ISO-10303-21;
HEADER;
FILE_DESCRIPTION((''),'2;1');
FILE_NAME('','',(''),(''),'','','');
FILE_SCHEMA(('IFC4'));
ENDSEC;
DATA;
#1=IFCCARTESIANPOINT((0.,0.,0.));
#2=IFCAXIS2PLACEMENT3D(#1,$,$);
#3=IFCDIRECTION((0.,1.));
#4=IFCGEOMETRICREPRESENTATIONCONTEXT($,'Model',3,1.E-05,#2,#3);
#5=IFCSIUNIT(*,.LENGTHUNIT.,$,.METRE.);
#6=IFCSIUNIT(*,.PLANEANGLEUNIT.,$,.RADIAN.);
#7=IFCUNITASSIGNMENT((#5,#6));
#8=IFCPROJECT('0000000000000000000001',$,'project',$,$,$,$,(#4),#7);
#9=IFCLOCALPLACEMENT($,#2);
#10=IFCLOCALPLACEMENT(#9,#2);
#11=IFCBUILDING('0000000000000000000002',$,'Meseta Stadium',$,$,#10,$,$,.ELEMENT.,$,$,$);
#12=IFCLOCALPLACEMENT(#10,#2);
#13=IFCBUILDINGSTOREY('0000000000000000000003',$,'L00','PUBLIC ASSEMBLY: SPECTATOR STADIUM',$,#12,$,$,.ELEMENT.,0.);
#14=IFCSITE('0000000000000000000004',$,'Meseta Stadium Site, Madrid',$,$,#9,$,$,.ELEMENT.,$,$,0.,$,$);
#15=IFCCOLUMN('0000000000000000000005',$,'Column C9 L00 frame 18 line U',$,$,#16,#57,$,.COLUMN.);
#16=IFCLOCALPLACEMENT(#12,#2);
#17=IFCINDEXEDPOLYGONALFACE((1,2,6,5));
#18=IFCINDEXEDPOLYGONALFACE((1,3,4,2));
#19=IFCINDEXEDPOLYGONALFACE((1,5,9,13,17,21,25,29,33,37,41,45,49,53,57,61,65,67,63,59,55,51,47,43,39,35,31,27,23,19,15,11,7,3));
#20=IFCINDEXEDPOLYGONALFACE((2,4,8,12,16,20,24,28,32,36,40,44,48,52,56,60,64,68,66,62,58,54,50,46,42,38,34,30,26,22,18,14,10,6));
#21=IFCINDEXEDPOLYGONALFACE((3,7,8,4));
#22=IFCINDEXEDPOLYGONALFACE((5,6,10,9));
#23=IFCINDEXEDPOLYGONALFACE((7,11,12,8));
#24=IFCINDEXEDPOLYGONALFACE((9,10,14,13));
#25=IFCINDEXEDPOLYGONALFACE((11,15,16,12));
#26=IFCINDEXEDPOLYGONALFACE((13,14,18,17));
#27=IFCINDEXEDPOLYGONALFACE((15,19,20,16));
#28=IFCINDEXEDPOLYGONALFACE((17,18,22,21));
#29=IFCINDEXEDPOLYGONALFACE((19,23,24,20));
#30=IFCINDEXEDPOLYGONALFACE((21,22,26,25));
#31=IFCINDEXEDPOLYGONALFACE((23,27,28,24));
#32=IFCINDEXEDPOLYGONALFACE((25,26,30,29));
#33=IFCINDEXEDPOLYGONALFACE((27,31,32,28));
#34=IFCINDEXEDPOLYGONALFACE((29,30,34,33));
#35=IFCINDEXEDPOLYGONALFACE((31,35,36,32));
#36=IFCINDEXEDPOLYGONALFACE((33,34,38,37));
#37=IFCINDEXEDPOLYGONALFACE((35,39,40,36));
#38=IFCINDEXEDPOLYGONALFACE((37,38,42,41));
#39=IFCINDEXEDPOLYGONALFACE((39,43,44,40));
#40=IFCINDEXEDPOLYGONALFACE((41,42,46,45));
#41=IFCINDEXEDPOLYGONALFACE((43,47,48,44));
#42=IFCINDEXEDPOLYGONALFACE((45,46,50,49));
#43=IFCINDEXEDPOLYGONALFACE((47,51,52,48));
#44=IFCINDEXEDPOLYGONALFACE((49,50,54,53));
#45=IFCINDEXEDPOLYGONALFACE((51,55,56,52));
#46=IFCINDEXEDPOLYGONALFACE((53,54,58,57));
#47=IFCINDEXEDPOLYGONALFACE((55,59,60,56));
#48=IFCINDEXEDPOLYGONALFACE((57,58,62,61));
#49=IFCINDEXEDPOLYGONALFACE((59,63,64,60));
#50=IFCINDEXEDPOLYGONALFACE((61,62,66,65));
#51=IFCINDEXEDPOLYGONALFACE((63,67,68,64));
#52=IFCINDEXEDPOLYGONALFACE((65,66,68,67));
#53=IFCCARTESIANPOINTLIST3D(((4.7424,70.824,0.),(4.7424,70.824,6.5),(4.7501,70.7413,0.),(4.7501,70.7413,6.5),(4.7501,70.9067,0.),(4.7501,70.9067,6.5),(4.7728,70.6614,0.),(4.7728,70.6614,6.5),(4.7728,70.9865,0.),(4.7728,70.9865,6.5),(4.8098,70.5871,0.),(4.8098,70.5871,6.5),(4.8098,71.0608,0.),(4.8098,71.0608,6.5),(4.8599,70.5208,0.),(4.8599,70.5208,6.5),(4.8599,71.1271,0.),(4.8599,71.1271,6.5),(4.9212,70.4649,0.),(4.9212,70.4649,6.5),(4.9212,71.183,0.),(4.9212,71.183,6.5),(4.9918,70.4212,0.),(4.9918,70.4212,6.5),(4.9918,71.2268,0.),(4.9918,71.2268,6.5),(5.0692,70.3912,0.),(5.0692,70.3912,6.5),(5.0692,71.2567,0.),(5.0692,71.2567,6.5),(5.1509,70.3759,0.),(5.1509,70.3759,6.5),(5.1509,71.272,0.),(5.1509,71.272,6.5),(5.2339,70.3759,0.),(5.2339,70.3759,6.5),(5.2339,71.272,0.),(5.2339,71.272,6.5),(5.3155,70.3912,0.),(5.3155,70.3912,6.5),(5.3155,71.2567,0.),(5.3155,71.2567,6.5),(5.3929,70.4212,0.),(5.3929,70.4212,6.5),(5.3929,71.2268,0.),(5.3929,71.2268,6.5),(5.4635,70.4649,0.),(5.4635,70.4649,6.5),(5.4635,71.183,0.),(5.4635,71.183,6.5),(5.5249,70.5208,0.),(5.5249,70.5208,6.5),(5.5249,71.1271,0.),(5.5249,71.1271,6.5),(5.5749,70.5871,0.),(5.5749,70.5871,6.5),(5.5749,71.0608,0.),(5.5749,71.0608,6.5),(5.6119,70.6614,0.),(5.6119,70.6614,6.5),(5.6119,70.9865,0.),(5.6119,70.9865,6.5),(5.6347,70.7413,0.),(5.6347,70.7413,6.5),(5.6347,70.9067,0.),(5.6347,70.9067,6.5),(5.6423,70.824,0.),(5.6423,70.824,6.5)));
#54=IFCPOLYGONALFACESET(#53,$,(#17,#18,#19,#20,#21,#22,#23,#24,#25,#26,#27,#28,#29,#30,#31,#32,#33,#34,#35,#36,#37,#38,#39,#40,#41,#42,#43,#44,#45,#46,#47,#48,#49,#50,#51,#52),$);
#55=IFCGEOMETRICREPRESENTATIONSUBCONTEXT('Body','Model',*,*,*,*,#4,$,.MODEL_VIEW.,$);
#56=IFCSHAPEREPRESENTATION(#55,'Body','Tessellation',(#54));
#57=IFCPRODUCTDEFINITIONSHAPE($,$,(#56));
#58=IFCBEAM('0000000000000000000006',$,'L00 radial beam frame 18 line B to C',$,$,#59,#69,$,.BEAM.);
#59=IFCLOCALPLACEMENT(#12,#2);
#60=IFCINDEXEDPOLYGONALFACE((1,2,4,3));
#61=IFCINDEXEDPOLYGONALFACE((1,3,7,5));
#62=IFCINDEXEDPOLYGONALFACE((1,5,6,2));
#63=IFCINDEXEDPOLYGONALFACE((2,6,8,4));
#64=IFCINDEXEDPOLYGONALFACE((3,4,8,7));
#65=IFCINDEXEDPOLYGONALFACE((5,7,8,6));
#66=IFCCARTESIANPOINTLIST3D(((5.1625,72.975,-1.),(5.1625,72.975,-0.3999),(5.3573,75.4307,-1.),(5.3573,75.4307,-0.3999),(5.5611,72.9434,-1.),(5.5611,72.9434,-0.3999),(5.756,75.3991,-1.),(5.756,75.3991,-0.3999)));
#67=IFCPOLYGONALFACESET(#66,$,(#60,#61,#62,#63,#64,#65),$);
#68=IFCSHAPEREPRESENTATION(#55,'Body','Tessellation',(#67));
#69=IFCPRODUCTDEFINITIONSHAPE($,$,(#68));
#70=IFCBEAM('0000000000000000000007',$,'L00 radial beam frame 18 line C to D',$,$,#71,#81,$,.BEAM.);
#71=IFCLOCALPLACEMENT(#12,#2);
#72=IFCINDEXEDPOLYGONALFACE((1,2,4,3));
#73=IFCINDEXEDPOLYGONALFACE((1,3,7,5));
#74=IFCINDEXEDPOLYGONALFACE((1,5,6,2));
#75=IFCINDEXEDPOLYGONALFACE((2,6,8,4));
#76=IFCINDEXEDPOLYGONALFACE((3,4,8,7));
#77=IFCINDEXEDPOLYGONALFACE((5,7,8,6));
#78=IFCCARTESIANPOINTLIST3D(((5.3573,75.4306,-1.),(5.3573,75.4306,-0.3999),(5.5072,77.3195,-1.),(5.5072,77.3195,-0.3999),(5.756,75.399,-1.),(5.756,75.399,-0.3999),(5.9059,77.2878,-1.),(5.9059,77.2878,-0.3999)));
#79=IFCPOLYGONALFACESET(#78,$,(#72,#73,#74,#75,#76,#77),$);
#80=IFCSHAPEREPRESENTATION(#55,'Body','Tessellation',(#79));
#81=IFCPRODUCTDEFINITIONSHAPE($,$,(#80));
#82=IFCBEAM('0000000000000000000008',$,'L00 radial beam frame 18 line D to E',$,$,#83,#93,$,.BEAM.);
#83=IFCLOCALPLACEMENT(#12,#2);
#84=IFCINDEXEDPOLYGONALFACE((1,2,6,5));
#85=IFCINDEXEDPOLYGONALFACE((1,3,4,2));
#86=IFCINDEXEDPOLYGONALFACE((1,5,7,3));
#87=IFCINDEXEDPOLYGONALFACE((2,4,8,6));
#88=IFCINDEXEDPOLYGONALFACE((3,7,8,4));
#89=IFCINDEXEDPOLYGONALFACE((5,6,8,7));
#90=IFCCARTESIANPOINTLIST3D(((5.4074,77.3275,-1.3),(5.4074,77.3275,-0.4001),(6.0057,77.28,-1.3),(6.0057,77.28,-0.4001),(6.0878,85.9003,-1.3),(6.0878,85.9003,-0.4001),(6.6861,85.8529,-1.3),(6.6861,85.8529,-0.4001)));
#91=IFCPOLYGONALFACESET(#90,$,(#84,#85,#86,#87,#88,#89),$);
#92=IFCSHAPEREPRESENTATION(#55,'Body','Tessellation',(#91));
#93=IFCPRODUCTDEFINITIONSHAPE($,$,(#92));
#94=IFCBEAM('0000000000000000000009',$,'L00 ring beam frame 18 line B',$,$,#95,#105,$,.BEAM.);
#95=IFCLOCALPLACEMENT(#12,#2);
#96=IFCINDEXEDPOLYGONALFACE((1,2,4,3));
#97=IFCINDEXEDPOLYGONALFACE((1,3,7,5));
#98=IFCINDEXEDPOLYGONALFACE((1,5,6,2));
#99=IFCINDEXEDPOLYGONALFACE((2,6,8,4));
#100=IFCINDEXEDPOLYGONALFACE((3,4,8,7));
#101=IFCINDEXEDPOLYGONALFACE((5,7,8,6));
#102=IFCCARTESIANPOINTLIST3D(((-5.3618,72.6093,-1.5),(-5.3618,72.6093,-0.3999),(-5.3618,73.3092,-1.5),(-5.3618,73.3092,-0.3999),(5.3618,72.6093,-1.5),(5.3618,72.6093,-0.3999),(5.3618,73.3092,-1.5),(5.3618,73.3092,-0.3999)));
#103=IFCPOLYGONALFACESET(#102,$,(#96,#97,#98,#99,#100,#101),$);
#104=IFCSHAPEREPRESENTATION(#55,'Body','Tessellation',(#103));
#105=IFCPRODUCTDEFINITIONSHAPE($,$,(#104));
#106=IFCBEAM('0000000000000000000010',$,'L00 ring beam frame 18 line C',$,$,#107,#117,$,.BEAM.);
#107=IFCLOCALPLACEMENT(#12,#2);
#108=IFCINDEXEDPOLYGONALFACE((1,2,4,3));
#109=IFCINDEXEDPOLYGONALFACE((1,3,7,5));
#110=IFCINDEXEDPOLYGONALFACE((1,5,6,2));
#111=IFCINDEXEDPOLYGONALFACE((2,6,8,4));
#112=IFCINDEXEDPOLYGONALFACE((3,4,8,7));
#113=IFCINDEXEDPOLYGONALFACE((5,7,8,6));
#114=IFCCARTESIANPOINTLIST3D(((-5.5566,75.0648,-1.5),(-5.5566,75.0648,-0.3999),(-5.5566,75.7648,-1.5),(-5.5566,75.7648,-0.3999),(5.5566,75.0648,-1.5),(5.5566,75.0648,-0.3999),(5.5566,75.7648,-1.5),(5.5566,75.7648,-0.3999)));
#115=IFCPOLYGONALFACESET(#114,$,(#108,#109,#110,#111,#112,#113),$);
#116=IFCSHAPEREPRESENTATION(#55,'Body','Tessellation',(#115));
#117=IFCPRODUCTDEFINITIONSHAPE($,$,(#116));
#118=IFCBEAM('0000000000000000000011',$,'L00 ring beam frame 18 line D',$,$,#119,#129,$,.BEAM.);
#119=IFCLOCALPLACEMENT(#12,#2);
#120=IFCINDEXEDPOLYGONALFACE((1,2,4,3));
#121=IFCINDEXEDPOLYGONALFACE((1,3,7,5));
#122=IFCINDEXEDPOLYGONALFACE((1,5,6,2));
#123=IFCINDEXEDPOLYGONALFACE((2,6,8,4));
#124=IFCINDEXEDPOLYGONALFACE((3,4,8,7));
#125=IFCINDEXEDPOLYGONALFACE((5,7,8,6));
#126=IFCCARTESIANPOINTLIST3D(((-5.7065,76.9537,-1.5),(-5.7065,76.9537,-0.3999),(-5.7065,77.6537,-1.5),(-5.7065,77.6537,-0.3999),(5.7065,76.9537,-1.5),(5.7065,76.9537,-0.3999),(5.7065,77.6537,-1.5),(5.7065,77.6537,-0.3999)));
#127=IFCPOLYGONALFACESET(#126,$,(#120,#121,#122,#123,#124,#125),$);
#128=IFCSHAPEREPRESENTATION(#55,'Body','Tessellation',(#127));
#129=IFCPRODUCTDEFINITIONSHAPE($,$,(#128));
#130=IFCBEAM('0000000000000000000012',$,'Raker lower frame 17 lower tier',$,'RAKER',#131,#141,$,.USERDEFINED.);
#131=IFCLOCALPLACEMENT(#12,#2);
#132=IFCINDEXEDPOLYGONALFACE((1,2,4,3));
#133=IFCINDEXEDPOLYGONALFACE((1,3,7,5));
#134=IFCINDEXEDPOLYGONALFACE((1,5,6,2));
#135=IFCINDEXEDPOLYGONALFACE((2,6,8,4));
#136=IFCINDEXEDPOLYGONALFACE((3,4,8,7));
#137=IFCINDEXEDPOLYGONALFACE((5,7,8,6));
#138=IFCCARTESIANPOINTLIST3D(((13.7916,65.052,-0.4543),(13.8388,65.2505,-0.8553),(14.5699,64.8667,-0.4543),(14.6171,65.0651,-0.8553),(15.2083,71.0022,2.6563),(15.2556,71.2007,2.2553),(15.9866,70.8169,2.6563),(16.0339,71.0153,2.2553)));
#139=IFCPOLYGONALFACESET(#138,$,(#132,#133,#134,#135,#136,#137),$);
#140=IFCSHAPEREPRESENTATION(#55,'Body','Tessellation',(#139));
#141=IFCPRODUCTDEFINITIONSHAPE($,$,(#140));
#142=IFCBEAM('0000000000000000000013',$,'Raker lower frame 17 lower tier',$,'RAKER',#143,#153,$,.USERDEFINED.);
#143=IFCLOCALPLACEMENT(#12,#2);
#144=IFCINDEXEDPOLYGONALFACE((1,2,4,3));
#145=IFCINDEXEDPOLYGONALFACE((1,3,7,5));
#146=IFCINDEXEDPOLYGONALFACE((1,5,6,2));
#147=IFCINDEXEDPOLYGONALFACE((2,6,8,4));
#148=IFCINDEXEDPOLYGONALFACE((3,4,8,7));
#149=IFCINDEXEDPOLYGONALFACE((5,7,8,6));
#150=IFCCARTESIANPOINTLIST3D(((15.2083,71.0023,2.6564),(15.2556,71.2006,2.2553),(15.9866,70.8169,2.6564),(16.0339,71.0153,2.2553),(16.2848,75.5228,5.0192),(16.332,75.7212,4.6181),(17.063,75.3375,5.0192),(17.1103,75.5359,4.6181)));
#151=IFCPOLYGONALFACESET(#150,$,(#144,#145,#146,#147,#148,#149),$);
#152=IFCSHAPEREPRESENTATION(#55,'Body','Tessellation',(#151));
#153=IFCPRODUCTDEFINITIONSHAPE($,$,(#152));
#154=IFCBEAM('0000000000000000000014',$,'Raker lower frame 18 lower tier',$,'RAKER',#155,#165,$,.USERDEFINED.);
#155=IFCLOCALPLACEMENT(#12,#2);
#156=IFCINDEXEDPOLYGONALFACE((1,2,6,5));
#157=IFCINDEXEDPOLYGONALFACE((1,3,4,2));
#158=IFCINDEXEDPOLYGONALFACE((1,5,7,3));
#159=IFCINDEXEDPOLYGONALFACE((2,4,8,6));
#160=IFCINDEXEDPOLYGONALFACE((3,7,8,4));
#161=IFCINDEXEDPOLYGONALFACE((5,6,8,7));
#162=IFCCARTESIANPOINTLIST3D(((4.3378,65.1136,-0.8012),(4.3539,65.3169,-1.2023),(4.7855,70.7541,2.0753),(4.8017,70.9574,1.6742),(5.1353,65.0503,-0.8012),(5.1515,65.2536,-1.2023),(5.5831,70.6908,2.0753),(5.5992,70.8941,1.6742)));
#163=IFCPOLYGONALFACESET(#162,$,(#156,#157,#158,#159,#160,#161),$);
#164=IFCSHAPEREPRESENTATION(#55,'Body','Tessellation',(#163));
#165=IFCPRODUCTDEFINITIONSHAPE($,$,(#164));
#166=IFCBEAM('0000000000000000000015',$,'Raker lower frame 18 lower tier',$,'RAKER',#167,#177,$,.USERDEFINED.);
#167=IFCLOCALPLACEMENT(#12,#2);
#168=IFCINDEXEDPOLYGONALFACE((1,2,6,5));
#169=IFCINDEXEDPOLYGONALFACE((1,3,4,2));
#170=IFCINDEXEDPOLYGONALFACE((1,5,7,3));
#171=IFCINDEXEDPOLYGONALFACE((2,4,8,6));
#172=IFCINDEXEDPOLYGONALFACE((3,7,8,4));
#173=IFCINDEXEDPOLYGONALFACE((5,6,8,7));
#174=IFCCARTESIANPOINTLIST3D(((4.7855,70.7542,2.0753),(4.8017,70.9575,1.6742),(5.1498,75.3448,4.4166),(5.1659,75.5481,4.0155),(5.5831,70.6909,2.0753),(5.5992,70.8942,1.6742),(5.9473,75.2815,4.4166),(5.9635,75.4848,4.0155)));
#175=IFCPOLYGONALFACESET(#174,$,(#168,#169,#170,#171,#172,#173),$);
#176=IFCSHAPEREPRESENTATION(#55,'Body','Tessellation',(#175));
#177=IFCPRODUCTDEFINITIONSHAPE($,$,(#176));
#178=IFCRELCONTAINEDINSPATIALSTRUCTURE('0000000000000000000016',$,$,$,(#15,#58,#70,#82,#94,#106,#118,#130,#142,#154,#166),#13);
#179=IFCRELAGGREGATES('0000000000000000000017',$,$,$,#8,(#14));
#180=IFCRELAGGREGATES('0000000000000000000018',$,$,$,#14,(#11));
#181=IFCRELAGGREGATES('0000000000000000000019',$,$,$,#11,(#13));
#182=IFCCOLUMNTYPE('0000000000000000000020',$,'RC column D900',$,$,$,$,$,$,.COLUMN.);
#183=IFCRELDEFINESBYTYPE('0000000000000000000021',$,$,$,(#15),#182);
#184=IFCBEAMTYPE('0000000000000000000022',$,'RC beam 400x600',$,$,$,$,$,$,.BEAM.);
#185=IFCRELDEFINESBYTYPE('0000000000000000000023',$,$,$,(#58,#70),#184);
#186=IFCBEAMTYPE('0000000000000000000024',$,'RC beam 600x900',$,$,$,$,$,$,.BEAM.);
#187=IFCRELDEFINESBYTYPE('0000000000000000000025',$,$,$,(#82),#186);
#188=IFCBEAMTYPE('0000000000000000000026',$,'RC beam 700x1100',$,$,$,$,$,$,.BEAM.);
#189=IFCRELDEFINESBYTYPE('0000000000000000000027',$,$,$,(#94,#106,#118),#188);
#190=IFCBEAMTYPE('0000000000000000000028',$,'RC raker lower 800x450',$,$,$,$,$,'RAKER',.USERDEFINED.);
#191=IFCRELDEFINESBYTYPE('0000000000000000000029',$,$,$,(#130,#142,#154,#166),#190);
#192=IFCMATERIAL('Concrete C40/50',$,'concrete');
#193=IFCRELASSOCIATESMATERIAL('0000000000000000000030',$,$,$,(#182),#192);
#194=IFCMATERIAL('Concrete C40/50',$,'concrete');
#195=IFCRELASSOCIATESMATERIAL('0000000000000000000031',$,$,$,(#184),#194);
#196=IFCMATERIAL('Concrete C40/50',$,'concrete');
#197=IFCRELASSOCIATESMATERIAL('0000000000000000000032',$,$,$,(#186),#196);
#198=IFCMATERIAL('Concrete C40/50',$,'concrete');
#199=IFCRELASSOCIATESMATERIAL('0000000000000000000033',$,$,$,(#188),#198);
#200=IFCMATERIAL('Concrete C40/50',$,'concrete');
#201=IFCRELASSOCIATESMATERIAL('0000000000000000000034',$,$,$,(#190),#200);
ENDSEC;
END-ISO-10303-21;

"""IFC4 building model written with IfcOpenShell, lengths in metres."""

from ifc_helpers import new_model, si_unit, direction, frame, origin, origin_2d, place, context, subcontext, project, spatial, rectangle, circle, extrude, material, material_profile, profile_set, type_object, element, save


model = new_model("IFC4")

# Units and contexts
model_context = context("Model", 3, precision=1e-05, world=origin(), true_north=direction((0.0, 1.0)))
body_context = subcontext(model_context, "Body", "Model", "MODEL_VIEW")
ifc_project = project(units=[si_unit("LENGTHUNIT", "METRE"), si_unit("PLANEANGLEUNIT", "RADIAN")], contexts=[model_context])

# Site, building, storey
site_placement = place(None, origin())
site = spatial("IfcSite", under=ifc_project, at=site_placement, Name="Meseta Stadium Site, Madrid", CompositionType="ELEMENT", RefElevation=0.0)
building_placement = place(site_placement, origin())
building = spatial("IfcBuilding", under=site, at=building_placement, Name="Meseta Stadium", CompositionType="ELEMENT")
storey_placement = place(building_placement, origin())
storey = spatial("IfcBuildingStorey", under=building, at=storey_placement, Name="L00", Description="PUBLIC ASSEMBLY: SPECTATOR STADIUM", CompositionType="ELEMENT", Elevation=0.0)

# Column
ifc_material_1 = material(Name="Concrete C40/50", Category="concrete")
ifc_material_profile_1 = material_profile(ifc_material_1, circle(Radius=0.45, at=origin_2d()), Name="RC D900")
ifc_profile_set_1 = profile_set([ifc_material_profile_1], Name="Concrete C40/50")
column_type_1 = type_object("IfcColumnType", Name="RC column D900", PredefinedType="COLUMN", material=ifc_profile_set_1)
for number, where, z_axis, x_axis, name in (
    (1, (5.1924, 70.824, 0.0), (0.0, 0.0, 1.0), (1.0, 0.0, 0.0), "Column C9 L00 frame 18 line U"),
):
    element("IfcColumn", number, at=place(storey_placement, frame(where, z_axis=z_axis, x_axis=x_axis)), inside=storey, type_object=column_type_1, Name=name, PredefinedType="COLUMN", context=body_context, shape_type="SweptSolid", body=[
        extrude(circle(Radius=0.45, at=origin_2d()), origin(), (0.0, 0.0, 1.0), 6.5),
    ])

# Beams
ifc_material_2 = material(Name="Concrete C40/50", Category="concrete")
ifc_material_profile_2 = material_profile(ifc_material_2, rectangle(XDim=0.3999, YDim=0.6001, at=origin_2d()), Name="RC 400x600")
ifc_profile_set_2 = profile_set([ifc_material_profile_2], Name="Concrete C40/50")
beam_type_1 = type_object("IfcBeamType", Name="RC beam 400x600", PredefinedType="BEAM", material=ifc_profile_set_2)
beam_1_placement = place(storey_placement, frame((5.3618, 72.9592, -0.7), z_axis=(0.079091, 0.996867, 0.0), x_axis=(-0.996867, 0.079091, 0.0)))
element("IfcBeam", 2, at=beam_1_placement, inside=storey, type_object=beam_type_1, Name="L00 radial beam frame 18 line B to C", PredefinedType="BEAM", context=body_context, shape_type="SweptSolid", body=[
    extrude(rectangle(XDim=0.3999, YDim=0.6001, at=origin_2d()), origin(), (0.0, 0.0, 1.0), 2.4634),
])
beam_2_placement = place(storey_placement, frame((5.5566, 75.4148, -0.7), z_axis=(0.07911, 0.996866, 0.0), x_axis=(-0.996866, 0.07911, 0.0)))
element("IfcBeam", 3, at=beam_2_placement, inside=storey, type_object=beam_type_1, Name="L00 radial beam frame 18 line C to D", PredefinedType="BEAM", context=body_context, shape_type="SweptSolid", body=[
    extrude(rectangle(XDim=0.3999, YDim=0.6001, at=origin_2d()), origin(), (0.0, 0.0, 1.0), 1.8948),
])
ifc_material_3 = material(Name="Concrete C40/50", Category="concrete")
ifc_material_profile_3 = material_profile(ifc_material_3, rectangle(XDim=0.6001, YDim=0.8999, at=origin_2d()), Name="RC 600x900")
ifc_profile_set_3 = profile_set([ifc_material_profile_3], Name="Concrete C40/50")
beam_type_2 = type_object("IfcBeamType", Name="RC beam 600x900", PredefinedType="BEAM", material=ifc_profile_set_3)
beam_3_placement = place(storey_placement, frame((5.7065, 77.3037, -0.8501), z_axis=(0.079119, 0.996865, 0.0), x_axis=(-0.996865, 0.079119, 0.0)))
element("IfcBeam", 4, at=beam_3_placement, inside=storey, type_object=beam_type_2, Name="L00 radial beam frame 18 line D to E", PredefinedType="BEAM", context=body_context, shape_type="SweptSolid", body=[
    extrude(rectangle(XDim=0.6001, YDim=0.8999, at=origin_2d()), origin(), (0.0, 0.0, 1.0), 8.5999),
])
ifc_material_4 = material(Name="Concrete C40/50", Category="concrete")
ifc_material_profile_4 = material_profile(ifc_material_4, rectangle(XDim=0.7, YDim=1.1001, at=origin_2d()), Name="RC 700x1100")
ifc_profile_set_4 = profile_set([ifc_material_profile_4], Name="Concrete C40/50")
beam_type_3 = type_object("IfcBeamType", Name="RC beam 700x1100", PredefinedType="BEAM", material=ifc_profile_set_4)
beam_4_placement = place(storey_placement, frame((5.3618, 72.9592, -0.95), z_axis=(-1.0, 0.0, 0.0), x_axis=(0.0, -1.0, 0.0)))
element("IfcBeam", 5, at=beam_4_placement, inside=storey, type_object=beam_type_3, Name="L00 ring beam frame 18 line B", PredefinedType="BEAM", context=body_context, shape_type="SweptSolid", body=[
    extrude(rectangle(XDim=0.7, YDim=1.1001, at=origin_2d()), origin(), (0.0, 0.0, 1.0), 10.7236),
])
beam_5_placement = place(storey_placement, frame((5.5566, 75.4148, -0.95), z_axis=(-1.0, 0.0, 0.0), x_axis=(0.0, -1.0, 0.0)))
element("IfcBeam", 6, at=beam_5_placement, inside=storey, type_object=beam_type_3, Name="L00 ring beam frame 18 line C", PredefinedType="BEAM", context=body_context, shape_type="SweptSolid", body=[
    extrude(rectangle(XDim=0.7, YDim=1.1001, at=origin_2d()), origin(), (0.0, 0.0, 1.0), 11.1133),
])
beam_6_placement = place(storey_placement, frame((5.7065, 77.3037, -0.95), z_axis=(-1.0, 0.0, 0.0), x_axis=(0.0, -1.0, 0.0)))
element("IfcBeam", 7, at=beam_6_placement, inside=storey, type_object=beam_type_3, Name="L00 ring beam frame 18 line D", PredefinedType="BEAM", context=body_context, shape_type="SweptSolid", body=[
    extrude(rectangle(XDim=0.7, YDim=1.1001, at=origin_2d()), origin(), (0.0, 0.0, 1.0), 11.4131),
])
ifc_material_5 = material(Name="Concrete C40/50", Category="concrete")
ifc_material_profile_5 = material_profile(ifc_material_5, rectangle(XDim=0.8, YDim=0.45, at=origin_2d()), Name="RC 800x450")
ifc_profile_set_5 = profile_set([ifc_material_profile_5], Name="Concrete C40/50")
beam_type_4 = type_object("IfcBeamType", Name="RC raker lower 800x450", ElementType="RAKER", PredefinedType="USERDEFINED", material=ifc_profile_set_5)
beam_7_placement = place(storey_placement, frame((14.2043, 65.0586, -0.6548), z_axis=(0.206461, 0.867116, 0.453304), x_axis=(-0.972805, 0.231626, 0.0)))
element("IfcBeam", 8, at=beam_7_placement, inside=storey, type_object=beam_type_4, Name="Raker lower frame 17 lower tier", ObjectType="RAKER", PredefinedType="USERDEFINED", context=body_context, shape_type="SweptSolid", body=[
    extrude(rectangle(XDim=0.8, YDim=0.45, at=origin_2d()), origin(), (0.0, 0.0, 1.0), 6.8621),
])
beam_8_placement = place(storey_placement, frame((15.6211, 71.0088, 2.4558), z_axis=(0.206483, 0.867143, 0.453241), x_axis=(-0.972801, 0.231642, 0.0)))
element("IfcBeam", 9, at=beam_8_placement, inside=storey, type_object=beam_type_4, Name="Raker lower frame 17 lower tier", ObjectType="RAKER", PredefinedType="USERDEFINED", context=body_context, shape_type="SweptSolid", body=[
    extrude(rectangle(XDim=0.8, YDim=0.45, at=origin_2d()), origin(), (0.0, 0.0, 1.0), 5.2131),
])
beam_9_placement = place(storey_placement, frame((4.7446, 65.1836, -1.0017), z_axis=(0.07054, 0.888633, 0.453163), x_axis=(-0.996864, 0.079131, 0.0)))
element("IfcBeam", 10, at=beam_9_placement, inside=storey, type_object=beam_type_4, Name="Raker lower frame 18 lower tier", ObjectType="RAKER", PredefinedType="USERDEFINED", context=body_context, shape_type="SweptSolid", body=[
    extrude(rectangle(XDim=0.8, YDim=0.45, at=origin_2d()), origin(), (0.0, 0.0, 1.0), 6.3474),
])
beam_10_placement = place(storey_placement, frame((5.1924, 70.8242, 1.8748), z_axis=(0.07051, 0.888609, 0.453213), x_axis=(-0.996867, 0.0791, 0.0)))
element("IfcBeam", 11, at=beam_10_placement, inside=storey, type_object=beam_type_4, Name="Raker lower frame 18 lower tier", ObjectType="RAKER", PredefinedType="USERDEFINED", context=body_context, shape_type="SweptSolid", body=[
    extrude(rectangle(XDim=0.8, YDim=0.45, at=origin_2d()), origin(), (0.0, 0.0, 1.0), 5.166),
])

save(model, "model.ifc")
